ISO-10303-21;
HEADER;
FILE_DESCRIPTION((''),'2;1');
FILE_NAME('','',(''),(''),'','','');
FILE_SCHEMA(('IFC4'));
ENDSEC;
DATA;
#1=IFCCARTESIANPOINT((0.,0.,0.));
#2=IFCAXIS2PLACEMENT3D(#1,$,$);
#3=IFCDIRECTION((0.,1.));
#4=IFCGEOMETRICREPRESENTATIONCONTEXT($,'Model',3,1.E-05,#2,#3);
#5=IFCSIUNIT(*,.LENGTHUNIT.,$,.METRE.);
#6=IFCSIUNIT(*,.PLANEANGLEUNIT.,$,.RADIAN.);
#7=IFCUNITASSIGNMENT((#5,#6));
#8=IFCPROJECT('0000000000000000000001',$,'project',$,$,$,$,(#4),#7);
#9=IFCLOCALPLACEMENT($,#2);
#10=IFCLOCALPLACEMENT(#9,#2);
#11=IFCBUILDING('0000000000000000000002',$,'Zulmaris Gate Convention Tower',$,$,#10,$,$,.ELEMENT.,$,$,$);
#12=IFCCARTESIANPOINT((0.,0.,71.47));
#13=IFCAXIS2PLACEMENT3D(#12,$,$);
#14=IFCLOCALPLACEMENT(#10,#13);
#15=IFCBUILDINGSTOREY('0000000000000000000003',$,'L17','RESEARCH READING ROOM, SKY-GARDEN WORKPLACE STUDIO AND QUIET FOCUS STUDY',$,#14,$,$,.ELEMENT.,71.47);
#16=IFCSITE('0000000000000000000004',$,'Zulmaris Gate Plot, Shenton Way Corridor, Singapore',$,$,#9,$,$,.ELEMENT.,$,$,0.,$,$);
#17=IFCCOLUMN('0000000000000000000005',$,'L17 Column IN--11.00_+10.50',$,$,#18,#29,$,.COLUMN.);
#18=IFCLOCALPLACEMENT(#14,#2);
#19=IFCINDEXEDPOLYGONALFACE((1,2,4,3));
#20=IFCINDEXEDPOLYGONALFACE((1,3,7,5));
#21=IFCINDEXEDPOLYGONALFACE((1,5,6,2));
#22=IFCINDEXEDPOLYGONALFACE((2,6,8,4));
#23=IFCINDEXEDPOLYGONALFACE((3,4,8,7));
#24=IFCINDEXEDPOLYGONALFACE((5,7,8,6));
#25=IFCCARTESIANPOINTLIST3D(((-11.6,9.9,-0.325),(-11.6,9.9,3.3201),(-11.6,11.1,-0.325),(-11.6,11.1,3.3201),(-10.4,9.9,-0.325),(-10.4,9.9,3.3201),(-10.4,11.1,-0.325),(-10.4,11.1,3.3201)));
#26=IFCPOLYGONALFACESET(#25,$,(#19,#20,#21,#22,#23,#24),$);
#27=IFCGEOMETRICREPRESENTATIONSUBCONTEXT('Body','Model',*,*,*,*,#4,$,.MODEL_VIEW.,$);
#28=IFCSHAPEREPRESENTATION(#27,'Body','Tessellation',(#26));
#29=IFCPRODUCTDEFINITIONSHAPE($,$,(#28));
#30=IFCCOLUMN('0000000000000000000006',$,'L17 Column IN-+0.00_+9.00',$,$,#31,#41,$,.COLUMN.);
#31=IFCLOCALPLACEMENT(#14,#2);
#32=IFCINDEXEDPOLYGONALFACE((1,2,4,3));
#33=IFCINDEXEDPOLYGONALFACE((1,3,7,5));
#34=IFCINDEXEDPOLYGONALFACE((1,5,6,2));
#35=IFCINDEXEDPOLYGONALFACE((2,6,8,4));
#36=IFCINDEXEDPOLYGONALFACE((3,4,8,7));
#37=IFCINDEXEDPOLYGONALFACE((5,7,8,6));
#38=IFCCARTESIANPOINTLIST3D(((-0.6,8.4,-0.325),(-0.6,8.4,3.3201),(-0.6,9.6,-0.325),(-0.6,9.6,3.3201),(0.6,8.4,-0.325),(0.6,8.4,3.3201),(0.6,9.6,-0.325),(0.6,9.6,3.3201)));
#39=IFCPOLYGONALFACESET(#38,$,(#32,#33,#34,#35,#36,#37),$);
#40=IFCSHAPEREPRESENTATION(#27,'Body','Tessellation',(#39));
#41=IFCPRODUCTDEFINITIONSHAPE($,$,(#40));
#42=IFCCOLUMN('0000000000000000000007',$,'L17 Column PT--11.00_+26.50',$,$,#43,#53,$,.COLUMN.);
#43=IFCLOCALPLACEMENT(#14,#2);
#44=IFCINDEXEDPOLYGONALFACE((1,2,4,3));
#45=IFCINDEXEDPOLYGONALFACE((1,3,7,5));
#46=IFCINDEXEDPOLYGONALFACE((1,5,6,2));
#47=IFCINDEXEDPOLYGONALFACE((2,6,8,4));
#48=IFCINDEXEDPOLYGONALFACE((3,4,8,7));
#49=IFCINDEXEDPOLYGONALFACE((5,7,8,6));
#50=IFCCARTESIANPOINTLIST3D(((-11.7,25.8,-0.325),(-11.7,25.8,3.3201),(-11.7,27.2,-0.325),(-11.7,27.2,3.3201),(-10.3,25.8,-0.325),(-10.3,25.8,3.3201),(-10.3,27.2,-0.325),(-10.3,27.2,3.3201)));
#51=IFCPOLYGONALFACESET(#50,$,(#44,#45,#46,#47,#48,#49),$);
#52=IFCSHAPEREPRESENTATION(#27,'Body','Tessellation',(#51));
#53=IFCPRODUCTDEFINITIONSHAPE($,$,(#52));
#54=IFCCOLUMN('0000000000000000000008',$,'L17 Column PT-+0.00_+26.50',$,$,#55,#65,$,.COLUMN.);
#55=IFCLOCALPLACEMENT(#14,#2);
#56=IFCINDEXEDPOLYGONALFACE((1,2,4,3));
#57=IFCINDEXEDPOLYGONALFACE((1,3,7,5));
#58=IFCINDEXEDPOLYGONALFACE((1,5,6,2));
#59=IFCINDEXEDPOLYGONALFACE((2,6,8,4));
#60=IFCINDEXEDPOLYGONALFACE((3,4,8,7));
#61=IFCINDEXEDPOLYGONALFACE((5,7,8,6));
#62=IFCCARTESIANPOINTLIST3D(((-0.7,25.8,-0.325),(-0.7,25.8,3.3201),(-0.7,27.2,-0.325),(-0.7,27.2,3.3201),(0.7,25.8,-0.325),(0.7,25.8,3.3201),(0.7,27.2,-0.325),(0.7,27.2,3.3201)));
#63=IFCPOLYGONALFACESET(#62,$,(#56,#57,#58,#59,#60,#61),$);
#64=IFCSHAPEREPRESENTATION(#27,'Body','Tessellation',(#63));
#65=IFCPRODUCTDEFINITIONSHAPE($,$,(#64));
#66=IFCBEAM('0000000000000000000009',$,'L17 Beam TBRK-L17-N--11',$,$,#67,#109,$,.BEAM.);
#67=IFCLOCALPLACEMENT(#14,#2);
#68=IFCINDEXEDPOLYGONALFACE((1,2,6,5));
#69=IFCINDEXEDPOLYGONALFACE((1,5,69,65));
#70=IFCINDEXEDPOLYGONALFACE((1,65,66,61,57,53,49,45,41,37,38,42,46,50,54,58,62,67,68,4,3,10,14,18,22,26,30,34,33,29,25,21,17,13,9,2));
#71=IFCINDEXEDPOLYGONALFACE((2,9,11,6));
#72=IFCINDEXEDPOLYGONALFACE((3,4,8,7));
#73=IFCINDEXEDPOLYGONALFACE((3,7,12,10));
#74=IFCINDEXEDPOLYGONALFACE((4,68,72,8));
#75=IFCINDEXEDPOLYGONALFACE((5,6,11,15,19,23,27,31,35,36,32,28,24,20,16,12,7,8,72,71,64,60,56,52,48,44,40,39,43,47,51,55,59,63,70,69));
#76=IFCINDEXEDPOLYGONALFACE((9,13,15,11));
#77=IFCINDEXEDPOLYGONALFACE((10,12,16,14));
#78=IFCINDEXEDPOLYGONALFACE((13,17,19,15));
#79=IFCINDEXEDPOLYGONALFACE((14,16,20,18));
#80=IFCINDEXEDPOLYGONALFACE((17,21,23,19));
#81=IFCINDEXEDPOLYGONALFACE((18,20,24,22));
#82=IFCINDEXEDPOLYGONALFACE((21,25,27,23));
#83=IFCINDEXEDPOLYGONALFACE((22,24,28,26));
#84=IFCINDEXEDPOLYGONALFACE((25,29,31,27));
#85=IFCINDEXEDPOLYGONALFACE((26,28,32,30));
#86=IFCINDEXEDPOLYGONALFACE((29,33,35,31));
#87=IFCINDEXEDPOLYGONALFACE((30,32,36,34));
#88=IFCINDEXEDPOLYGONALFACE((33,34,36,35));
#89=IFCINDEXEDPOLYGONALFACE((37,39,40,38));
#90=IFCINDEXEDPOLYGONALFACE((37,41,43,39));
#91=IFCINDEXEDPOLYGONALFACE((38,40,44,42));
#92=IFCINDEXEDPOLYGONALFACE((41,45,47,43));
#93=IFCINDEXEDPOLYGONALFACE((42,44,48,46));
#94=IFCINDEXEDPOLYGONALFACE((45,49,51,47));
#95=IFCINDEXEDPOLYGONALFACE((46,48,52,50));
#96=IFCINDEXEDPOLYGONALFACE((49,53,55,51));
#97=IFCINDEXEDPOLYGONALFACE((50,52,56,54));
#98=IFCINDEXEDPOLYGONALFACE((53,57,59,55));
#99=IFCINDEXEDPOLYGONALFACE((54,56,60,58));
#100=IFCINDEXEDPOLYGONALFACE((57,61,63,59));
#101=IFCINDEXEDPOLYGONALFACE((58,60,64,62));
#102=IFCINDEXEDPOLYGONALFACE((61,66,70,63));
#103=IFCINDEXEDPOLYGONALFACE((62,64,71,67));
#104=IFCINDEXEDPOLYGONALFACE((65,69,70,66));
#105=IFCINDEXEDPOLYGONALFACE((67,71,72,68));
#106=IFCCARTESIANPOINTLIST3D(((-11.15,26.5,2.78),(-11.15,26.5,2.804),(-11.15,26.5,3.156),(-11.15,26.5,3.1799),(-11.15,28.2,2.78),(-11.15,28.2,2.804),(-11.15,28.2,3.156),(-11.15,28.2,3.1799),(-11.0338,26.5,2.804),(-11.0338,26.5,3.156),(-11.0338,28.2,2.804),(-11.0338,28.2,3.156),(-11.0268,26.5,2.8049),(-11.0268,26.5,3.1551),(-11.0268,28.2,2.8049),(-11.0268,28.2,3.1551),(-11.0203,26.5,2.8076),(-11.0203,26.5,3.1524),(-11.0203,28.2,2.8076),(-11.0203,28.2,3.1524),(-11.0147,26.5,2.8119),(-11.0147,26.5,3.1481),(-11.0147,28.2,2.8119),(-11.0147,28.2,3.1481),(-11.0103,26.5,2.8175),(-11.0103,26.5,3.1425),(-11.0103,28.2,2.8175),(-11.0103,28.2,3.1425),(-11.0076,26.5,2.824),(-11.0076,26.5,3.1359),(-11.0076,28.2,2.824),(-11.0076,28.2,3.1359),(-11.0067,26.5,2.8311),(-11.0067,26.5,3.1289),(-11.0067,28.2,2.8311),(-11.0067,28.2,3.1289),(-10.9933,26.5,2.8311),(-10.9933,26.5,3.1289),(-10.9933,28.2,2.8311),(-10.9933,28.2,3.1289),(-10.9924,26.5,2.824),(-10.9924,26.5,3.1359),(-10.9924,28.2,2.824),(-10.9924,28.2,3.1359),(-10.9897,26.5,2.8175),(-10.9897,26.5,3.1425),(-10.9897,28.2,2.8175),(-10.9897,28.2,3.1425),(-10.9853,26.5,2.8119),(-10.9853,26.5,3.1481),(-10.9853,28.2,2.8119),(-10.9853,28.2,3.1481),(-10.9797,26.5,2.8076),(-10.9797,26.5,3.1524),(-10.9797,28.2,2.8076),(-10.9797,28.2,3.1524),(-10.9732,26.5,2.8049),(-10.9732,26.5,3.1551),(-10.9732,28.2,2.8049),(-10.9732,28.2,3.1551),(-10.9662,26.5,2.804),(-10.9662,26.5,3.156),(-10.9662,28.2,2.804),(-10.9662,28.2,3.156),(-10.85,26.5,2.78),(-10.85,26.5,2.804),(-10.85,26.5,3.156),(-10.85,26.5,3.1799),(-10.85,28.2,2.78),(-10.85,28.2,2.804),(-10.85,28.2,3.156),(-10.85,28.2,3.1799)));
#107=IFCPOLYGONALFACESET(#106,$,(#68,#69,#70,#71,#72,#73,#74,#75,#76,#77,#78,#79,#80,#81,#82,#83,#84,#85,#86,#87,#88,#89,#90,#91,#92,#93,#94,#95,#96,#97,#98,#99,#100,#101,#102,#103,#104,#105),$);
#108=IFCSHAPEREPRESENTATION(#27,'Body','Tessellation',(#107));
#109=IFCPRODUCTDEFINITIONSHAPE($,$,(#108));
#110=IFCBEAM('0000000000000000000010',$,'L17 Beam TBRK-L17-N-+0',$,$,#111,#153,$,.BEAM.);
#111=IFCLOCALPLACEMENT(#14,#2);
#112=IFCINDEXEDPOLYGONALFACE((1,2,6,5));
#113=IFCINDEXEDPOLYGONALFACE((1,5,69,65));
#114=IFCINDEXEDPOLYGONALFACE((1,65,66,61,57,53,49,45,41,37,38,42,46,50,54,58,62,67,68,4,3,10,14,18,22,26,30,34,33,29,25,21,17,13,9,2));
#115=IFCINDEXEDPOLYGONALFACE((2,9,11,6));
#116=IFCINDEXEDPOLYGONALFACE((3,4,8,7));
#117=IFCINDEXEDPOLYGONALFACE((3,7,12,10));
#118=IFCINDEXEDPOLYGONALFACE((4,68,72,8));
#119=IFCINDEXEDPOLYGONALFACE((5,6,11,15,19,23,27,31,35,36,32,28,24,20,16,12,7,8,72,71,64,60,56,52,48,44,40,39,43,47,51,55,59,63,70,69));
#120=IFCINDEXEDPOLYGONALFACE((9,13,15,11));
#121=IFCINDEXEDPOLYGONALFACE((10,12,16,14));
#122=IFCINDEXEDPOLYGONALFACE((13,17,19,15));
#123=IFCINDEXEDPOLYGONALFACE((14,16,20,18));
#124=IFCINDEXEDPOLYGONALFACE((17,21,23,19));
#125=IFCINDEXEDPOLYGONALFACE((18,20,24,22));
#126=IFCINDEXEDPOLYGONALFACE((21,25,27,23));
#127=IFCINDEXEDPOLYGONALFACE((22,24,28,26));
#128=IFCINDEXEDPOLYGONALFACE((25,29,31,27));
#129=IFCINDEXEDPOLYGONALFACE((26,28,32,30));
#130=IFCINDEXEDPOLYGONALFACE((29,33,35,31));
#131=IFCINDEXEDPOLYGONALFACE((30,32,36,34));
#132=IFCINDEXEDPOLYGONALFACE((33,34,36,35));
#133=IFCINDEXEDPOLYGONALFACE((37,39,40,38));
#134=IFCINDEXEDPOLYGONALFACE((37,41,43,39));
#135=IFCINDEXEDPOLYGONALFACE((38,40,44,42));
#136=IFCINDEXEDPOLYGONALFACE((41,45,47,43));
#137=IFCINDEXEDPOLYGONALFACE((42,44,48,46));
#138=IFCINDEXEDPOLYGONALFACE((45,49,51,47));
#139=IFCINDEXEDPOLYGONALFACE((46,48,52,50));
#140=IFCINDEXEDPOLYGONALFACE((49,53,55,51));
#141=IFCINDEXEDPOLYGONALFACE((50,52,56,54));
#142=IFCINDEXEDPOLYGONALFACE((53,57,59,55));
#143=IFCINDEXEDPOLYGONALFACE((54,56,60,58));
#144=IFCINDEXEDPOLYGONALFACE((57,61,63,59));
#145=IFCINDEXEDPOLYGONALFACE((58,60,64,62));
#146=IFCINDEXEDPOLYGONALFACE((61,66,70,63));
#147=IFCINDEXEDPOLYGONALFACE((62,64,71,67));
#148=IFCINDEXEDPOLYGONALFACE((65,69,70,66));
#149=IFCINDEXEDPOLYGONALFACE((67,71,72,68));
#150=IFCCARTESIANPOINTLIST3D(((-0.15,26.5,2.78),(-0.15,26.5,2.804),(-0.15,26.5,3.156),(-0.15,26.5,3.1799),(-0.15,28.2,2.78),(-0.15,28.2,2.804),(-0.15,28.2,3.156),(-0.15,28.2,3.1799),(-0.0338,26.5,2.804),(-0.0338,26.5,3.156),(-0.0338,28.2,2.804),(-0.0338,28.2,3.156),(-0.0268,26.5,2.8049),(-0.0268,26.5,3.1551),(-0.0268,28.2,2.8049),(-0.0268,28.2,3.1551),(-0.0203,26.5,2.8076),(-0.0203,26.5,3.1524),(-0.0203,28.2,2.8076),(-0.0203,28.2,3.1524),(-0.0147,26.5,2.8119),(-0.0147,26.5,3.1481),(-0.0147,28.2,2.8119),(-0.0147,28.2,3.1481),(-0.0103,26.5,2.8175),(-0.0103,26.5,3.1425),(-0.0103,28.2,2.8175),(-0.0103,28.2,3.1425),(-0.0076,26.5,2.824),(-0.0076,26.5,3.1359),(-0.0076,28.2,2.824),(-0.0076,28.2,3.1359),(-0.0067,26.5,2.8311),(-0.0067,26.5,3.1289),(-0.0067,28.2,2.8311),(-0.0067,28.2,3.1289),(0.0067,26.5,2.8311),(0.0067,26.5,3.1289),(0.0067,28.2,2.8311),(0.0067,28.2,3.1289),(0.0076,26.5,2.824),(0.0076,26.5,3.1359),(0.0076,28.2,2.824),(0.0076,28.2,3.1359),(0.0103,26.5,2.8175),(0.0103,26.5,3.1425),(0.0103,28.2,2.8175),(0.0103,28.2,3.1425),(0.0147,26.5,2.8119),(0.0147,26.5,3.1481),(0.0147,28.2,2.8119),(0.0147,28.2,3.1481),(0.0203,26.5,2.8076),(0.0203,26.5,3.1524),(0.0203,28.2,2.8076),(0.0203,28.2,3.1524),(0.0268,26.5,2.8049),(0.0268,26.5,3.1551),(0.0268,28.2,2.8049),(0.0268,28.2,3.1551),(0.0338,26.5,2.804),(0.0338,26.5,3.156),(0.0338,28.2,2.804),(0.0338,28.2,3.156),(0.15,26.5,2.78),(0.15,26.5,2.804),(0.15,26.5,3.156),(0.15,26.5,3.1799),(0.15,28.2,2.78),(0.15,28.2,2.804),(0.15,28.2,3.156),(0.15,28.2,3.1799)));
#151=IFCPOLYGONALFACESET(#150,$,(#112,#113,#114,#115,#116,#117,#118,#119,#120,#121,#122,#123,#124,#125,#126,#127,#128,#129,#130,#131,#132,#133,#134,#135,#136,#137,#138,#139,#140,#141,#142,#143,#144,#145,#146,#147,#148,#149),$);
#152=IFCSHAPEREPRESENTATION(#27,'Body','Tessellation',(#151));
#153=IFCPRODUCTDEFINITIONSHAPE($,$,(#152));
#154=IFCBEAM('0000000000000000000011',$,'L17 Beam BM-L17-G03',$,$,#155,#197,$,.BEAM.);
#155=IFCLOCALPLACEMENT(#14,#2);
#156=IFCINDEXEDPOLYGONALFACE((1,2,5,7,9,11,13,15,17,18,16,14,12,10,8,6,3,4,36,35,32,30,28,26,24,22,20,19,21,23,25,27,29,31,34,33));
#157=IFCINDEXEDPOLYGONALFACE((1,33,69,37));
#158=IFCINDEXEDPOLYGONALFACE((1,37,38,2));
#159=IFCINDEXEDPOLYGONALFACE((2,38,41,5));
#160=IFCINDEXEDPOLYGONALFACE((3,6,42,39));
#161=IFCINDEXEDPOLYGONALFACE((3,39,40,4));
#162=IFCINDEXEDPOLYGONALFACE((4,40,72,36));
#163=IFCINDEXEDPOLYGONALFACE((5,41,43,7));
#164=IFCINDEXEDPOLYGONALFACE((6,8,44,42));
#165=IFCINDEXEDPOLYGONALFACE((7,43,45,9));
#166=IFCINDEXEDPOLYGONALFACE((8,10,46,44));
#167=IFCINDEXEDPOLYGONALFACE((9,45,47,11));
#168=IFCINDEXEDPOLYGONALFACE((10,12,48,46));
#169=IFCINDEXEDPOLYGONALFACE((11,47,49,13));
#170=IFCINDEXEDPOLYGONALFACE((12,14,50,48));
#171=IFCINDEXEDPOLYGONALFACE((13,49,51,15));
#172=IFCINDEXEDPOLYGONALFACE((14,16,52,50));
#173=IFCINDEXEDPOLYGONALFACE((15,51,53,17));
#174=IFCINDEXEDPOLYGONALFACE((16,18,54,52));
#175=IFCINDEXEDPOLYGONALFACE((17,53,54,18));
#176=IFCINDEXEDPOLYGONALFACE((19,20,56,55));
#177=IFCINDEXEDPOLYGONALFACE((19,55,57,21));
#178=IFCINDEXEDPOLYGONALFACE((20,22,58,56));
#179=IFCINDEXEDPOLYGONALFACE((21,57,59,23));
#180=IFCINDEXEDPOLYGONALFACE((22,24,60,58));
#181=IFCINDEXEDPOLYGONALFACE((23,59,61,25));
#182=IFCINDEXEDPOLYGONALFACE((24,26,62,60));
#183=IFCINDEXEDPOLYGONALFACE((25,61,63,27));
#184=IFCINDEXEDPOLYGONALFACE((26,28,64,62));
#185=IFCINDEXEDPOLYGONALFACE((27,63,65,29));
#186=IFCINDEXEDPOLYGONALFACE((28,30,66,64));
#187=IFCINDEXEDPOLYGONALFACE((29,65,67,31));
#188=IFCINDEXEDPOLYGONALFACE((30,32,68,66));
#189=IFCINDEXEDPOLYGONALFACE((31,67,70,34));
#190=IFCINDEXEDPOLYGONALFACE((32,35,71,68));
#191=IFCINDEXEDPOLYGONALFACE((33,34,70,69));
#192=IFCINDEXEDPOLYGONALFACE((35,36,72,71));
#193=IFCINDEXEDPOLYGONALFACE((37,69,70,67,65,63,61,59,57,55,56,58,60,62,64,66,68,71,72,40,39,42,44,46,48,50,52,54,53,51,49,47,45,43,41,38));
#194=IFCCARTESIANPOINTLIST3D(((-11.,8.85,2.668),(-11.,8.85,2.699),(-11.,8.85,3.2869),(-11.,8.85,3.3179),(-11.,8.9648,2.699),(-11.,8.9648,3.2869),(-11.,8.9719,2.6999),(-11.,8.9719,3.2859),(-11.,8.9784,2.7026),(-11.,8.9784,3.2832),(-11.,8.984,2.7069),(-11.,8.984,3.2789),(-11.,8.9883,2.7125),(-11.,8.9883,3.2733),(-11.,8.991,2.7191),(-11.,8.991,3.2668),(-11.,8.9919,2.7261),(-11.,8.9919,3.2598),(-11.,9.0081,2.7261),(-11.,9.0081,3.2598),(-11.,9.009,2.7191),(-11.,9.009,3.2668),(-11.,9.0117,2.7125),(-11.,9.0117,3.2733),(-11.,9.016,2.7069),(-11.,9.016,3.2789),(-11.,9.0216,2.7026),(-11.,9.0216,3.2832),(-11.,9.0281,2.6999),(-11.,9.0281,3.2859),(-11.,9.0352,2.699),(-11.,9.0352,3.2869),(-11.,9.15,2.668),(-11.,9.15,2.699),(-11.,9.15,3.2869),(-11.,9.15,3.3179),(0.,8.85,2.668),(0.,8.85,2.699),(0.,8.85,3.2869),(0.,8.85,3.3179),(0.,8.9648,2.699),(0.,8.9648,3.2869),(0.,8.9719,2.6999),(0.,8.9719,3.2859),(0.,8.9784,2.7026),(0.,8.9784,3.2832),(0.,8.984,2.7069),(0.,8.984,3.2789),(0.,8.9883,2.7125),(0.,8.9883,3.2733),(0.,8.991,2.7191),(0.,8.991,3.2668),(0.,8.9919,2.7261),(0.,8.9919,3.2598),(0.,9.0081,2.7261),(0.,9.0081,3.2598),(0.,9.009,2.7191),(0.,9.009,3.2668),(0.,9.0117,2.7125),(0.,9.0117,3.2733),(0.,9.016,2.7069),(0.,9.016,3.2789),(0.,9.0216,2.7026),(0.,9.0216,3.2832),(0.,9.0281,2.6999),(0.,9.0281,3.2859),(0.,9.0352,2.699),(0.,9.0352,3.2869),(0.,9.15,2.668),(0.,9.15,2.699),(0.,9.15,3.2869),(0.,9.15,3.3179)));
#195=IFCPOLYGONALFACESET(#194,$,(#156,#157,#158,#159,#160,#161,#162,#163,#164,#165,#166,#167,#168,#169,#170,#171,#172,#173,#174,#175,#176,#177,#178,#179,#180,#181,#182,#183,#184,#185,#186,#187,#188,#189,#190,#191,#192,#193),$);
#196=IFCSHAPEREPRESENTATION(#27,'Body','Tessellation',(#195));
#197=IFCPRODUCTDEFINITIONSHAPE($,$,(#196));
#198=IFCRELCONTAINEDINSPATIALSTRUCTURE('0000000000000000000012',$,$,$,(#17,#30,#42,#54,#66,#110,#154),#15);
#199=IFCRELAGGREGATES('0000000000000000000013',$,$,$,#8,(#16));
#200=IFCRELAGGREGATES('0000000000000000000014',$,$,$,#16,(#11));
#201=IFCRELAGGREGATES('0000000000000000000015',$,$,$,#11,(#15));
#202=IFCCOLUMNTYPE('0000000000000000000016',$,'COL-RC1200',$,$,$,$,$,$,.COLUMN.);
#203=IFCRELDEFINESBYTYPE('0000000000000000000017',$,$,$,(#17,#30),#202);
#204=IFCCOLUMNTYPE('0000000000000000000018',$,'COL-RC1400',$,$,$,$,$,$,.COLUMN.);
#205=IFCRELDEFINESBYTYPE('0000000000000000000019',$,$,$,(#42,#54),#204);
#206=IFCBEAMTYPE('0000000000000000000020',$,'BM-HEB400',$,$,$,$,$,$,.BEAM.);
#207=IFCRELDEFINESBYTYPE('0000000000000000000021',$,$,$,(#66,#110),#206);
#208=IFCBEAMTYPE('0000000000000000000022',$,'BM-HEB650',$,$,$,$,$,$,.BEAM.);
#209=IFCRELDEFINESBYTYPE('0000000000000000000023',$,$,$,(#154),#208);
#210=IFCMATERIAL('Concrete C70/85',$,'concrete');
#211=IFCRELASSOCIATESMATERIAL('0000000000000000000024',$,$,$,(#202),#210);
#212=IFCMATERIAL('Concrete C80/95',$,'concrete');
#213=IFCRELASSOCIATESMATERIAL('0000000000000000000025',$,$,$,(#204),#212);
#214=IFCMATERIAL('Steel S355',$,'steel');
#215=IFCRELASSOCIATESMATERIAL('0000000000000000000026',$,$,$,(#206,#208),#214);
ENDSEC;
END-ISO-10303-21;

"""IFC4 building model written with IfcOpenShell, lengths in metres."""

from ifc_helpers import new_model, si_unit, direction, frame, origin, origin_2d, place, context, subcontext, project, spatial, rectangle, i_section, extrude, material, material_profile, profile_set, type_object, element, save


model = new_model("IFC4")

# Units and contexts
model_context = context("Model", 3, precision=1e-05, world=origin(), true_north=direction((0.0, 1.0)))
body_context = subcontext(model_context, "Body", "Model", "MODEL_VIEW")
ifc_project = project(units=[si_unit("LENGTHUNIT", "METRE"), si_unit("PLANEANGLEUNIT", "RADIAN")], contexts=[model_context])

# Site, building, storey
site_placement = place(None, origin())
site = spatial("IfcSite", under=ifc_project, at=site_placement, Name="Zulmaris Gate Plot, Shenton Way Corridor, Singapore", CompositionType="ELEMENT", RefElevation=0.0)
building_placement = place(site_placement, origin())
building = spatial("IfcBuilding", under=site, at=building_placement, Name="Zulmaris Gate Convention Tower", CompositionType="ELEMENT")
storey_placement = place(building_placement, frame((0.0, 0.0, 71.47)))
storey = spatial("IfcBuildingStorey", under=building, at=storey_placement, Name="L17", Description="RESEARCH READING ROOM, SKY-GARDEN WORKPLACE STUDIO AND QUIET FOCUS STUDY", CompositionType="ELEMENT", Elevation=71.47)

# Columns
ifc_material_1 = material(Name="Concrete C70/85", Category="concrete")
ifc_material_profile_1 = material_profile(ifc_material_1, rectangle(XDim=1.2, YDim=1.2, at=origin_2d()), Name="RC COL 1200x1200")
ifc_profile_set_1 = profile_set([ifc_material_profile_1], Name="Concrete C70/85")
column_type_1 = type_object("IfcColumnType", Name="COL-RC1200", PredefinedType="COLUMN", material=ifc_profile_set_1)
for number, where, z_axis, x_axis, name in (
    (1, (-11.0, 10.5, -0.325), (0.0, 0.0, 1.0), (1.0, 0.0, 0.0), "L17 Column IN--11.00_+10.50"),
    (2, (0.0, 9.0, -0.325), (0.0, 0.0, 1.0), (1.0, 0.0, 0.0), "L17 Column IN-+0.00_+9.00"),
):
    element("IfcColumn", number, at=place(storey_placement, frame(where, z_axis=z_axis, x_axis=x_axis)), inside=storey, type_object=column_type_1, Name=name, PredefinedType="COLUMN", context=body_context, shape_type="SweptSolid", body=[
        extrude(rectangle(XDim=1.2, YDim=1.2, at=origin_2d()), origin(), (0.0, 0.0, 1.0), 3.645),
    ])
ifc_material_2 = material(Name="Concrete C80/95", Category="concrete")
ifc_material_profile_2 = material_profile(ifc_material_2, rectangle(XDim=1.3999, YDim=1.3999, at=origin_2d()), Name="RC COL 1400x1400")
ifc_profile_set_2 = profile_set([ifc_material_profile_2], Name="Concrete C80/95")
column_type_2 = type_object("IfcColumnType", Name="COL-RC1400", PredefinedType="COLUMN", material=ifc_profile_set_2)
for number, where, z_axis, x_axis, name in (
    (3, (-11.0, 26.5, -0.325), (0.0, 0.0, 1.0), (1.0, 0.0, 0.0), "L17 Column PT--11.00_+26.50"),
    (4, (0.0, 26.5, -0.325), (0.0, 0.0, 1.0), (1.0, 0.0, 0.0), "L17 Column PT-+0.00_+26.50"),
):
    element("IfcColumn", number, at=place(storey_placement, frame(where, z_axis=z_axis, x_axis=x_axis)), inside=storey, type_object=column_type_2, Name=name, PredefinedType="COLUMN", context=body_context, shape_type="SweptSolid", body=[
        extrude(rectangle(XDim=1.3999, YDim=1.3999, at=origin_2d()), origin(), (0.0, 0.0, 1.0), 3.645),
    ])

# Beams
ifc_material_3 = material(Name="Steel S355", Category="steel")
ifc_material_profile_3 = material_profile(ifc_material_3, i_section(OverallWidth=0.3, OverallDepth=0.3999, WebThickness=0.0134, FlangeThickness=0.0239, FilletRadius=0.0271, at=origin_2d()), Name="HEB 400")
ifc_profile_set_3 = profile_set([ifc_material_profile_3], Name="Steel S355")
beam_type_1 = type_object("IfcBeamType", Name="BM-HEB400", PredefinedType="BEAM", material=ifc_profile_set_3)
for number, where, z_axis, x_axis, name in (
    (5, (-11.0, 26.5, 2.98), (0.0, 1.0, 0.0), (-1.0, 0.0, 0.0), "L17 Beam TBRK-L17-N--11"),
    (6, (0.0, 26.5, 2.98), (0.0, 1.0, 0.0), (-1.0, 0.0, 0.0), "L17 Beam TBRK-L17-N-+0"),
):
    element("IfcBeam", number, at=place(storey_placement, frame(where, z_axis=z_axis, x_axis=x_axis)), inside=storey, type_object=beam_type_1, Name=name, PredefinedType="BEAM", context=body_context, shape_type="SweptSolid", body=[
        extrude(i_section(OverallWidth=0.3, OverallDepth=0.3999, WebThickness=0.0134, FlangeThickness=0.0239, FilletRadius=0.0271, at=origin_2d()), origin(), (0.0, 0.0, 1.0), 1.7),
    ])
ifc_material_profile_4 = material_profile(ifc_material_3, i_section(OverallWidth=0.3, OverallDepth=0.6499, WebThickness=0.0161, FlangeThickness=0.031, FilletRadius=0.0271, at=origin_2d()), Name="HEB 650")
ifc_profile_set_4 = profile_set([ifc_material_profile_4], Name="Steel S355")
beam_type_2 = type_object("IfcBeamType", Name="BM-HEB650", PredefinedType="BEAM", material=ifc_profile_set_4)
for number, where, z_axis, x_axis, name in (
    (7, (-11.0, 9.0, 2.9929), (1.0, 0.0, 0.0), (0.0, 1.0, 0.0), "L17 Beam BM-L17-G03"),
):
    element("IfcBeam", number, at=place(storey_placement, frame(where, z_axis=z_axis, x_axis=x_axis)), inside=storey, type_object=beam_type_2, Name=name, PredefinedType="BEAM", context=body_context, shape_type="SweptSolid", body=[
        extrude(i_section(OverallWidth=0.3, OverallDepth=0.6499, WebThickness=0.0161, FlangeThickness=0.031, FilletRadius=0.0271, at=origin_2d()), origin(), (0.0, 0.0, 1.0), 11.0),
    ])

save(model, "model.ifc")
